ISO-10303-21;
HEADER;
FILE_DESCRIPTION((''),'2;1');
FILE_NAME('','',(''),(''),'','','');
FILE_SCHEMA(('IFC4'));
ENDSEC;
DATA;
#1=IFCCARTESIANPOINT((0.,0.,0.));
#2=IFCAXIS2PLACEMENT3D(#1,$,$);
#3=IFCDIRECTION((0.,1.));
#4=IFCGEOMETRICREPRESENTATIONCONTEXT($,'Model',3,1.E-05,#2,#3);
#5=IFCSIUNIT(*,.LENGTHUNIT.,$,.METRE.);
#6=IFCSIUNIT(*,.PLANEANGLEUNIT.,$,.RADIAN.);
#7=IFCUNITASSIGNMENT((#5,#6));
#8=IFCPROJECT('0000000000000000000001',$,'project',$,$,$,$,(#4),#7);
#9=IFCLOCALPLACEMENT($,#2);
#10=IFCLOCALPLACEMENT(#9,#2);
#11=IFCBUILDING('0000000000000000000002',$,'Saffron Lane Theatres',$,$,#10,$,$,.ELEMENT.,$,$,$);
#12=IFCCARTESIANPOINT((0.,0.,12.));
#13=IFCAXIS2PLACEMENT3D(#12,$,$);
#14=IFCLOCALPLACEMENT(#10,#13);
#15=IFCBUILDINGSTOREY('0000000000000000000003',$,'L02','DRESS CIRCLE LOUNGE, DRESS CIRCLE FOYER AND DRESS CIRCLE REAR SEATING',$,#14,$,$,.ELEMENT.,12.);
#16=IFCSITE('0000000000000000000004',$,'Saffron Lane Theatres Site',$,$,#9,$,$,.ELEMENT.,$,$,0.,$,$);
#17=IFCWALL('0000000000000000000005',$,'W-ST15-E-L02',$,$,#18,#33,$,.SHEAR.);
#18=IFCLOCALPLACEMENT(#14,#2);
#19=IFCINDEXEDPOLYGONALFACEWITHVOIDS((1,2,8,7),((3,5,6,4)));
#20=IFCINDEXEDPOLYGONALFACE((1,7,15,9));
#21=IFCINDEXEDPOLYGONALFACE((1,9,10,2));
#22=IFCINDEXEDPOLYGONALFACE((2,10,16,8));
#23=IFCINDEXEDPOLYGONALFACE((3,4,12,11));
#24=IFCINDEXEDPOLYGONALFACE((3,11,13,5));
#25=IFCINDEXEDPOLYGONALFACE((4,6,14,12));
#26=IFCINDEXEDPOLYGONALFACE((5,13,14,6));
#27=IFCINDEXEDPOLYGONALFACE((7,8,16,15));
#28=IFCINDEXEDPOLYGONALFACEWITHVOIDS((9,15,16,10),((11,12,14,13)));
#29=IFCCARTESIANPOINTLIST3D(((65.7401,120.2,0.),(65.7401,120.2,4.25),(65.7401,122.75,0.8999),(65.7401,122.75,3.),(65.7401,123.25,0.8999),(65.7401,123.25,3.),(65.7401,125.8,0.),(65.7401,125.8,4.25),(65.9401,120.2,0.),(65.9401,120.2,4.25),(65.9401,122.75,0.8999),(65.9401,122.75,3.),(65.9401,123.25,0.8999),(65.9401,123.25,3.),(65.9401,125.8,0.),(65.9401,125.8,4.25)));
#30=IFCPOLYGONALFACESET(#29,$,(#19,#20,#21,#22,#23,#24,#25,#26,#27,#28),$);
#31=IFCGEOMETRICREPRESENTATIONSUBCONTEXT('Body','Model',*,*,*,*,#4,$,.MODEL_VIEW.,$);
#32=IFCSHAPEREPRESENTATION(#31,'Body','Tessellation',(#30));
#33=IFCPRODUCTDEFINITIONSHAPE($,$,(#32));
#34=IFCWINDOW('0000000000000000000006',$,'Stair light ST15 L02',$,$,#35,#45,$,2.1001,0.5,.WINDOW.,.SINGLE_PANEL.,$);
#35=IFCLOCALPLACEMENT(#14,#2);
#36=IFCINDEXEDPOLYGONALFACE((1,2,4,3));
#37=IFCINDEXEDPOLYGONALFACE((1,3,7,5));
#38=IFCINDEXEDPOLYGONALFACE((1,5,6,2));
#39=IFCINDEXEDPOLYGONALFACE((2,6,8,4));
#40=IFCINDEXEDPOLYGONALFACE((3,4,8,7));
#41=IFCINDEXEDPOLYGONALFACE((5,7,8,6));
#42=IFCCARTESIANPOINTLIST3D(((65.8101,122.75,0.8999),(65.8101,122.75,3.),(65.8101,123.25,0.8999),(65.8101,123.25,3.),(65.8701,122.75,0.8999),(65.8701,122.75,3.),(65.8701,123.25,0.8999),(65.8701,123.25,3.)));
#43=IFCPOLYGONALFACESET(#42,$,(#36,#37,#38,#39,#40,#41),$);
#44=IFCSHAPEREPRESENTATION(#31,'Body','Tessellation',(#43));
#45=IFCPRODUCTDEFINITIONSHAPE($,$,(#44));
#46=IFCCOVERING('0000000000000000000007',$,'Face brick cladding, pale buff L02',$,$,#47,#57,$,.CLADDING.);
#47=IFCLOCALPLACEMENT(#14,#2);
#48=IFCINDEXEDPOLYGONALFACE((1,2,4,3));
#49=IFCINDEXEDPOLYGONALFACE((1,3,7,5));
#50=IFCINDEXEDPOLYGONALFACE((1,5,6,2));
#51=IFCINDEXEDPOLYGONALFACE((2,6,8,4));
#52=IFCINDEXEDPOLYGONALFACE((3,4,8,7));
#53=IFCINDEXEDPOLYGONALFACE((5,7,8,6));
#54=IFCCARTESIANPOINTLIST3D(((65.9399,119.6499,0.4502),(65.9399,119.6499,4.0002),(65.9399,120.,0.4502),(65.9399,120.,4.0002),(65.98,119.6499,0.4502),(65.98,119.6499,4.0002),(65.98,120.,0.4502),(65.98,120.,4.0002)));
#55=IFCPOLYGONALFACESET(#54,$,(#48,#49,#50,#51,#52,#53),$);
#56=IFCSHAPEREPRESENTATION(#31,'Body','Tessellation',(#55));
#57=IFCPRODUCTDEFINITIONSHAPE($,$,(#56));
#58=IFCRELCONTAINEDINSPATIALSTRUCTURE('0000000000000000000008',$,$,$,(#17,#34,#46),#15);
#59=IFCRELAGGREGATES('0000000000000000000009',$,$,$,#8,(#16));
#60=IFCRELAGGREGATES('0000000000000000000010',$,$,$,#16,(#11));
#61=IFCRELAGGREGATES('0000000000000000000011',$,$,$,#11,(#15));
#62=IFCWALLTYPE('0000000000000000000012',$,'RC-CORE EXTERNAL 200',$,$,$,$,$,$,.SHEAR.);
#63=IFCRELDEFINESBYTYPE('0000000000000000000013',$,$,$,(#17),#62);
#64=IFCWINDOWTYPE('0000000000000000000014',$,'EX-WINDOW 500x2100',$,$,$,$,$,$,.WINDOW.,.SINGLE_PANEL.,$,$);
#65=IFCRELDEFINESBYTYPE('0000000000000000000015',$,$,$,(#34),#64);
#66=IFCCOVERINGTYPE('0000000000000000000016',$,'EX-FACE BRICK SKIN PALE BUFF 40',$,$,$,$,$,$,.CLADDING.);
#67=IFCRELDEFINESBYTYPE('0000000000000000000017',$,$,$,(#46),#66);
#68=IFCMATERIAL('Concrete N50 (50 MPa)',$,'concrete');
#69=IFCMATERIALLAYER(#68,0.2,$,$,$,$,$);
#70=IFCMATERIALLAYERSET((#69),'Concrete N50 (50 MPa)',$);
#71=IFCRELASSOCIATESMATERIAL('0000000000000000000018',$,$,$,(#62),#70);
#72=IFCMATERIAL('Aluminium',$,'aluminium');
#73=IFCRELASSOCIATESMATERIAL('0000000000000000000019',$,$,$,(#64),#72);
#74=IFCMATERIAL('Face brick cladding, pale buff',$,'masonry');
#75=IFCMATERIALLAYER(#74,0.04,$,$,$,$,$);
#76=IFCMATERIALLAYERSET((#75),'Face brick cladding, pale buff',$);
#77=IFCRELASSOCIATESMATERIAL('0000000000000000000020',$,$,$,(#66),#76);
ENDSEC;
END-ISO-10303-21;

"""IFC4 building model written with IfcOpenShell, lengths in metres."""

from ifc_helpers import new_model, si_unit, direction, frame, frame_2d, origin, origin_2d, place, context, subcontext, project, spatial, rectangle, extrude, material, layer, layer_set, type_object, element, fill, save


model = new_model("IFC4")

# Units and contexts
model_context = context("Model", 3, precision=1e-05, world=origin(), true_north=direction((0.0, 1.0)))
body_context = subcontext(model_context, "Body", "Model", "MODEL_VIEW")
ifc_project = project(units=[si_unit("LENGTHUNIT", "METRE"), si_unit("PLANEANGLEUNIT", "RADIAN")], contexts=[model_context])

# Site, building, storey
site_placement = place(None, origin())
site = spatial("IfcSite", under=ifc_project, at=site_placement, Name="Saffron Lane Theatres Site", CompositionType="ELEMENT", RefElevation=0.0)
building_placement = place(site_placement, origin())
building = spatial("IfcBuilding", under=site, at=building_placement, Name="Saffron Lane Theatres", CompositionType="ELEMENT")
storey_placement = place(building_placement, frame((0.0, 0.0, 12.0)))
storey = spatial("IfcBuildingStorey", under=building, at=storey_placement, Name="L02", Description="DRESS CIRCLE LOUNGE, DRESS CIRCLE FOYER AND DRESS CIRCLE REAR SEATING", CompositionType="ELEMENT", Elevation=12.0)

# Wall, opening, window
ifc_material_1 = material(Name="Concrete N50 (50 MPa)", Category="concrete")
ifc_layer_1 = layer(ifc_material_1, 0.2)
ifc_layer_set_1 = layer_set([ifc_layer_1], Name="Concrete N50 (50 MPa)")
wall_type_1 = type_object("IfcWallType", Name="RC-CORE EXTERNAL 200", PredefinedType="SHEAR", material=ifc_layer_set_1)
wall_1_placement = place(storey_placement, frame((65.8401, 120.2, 0.0), z_axis=(0.0, 0.0, 1.0), x_axis=(0.0, 1.0, 0.0)))
wall_1 = element("IfcWall", 1, at=wall_1_placement, inside=storey, type_object=wall_type_1, Name="W-ST15-E-L02", PredefinedType="SHEAR", context=body_context, shape_type="SweptSolid", body=[
    extrude(rectangle(XDim=5.6001, YDim=0.2, at=frame_2d((2.8, 0.0))), origin(), (0.0, 0.0, 1.0), 4.25),
])
opening_1_placement = place(wall_1_placement, frame((2.55, 0.0, 0.8999)))
opening_1 = element("IfcOpeningElement", 2, at=opening_1_placement, cuts=wall_1, PredefinedType="OPENING", context=body_context, shape_type="SweptSolid", body=[
    extrude(rectangle(XDim=0.5, YDim=2.1001, at=frame_2d((0.25, 1.05))), frame((0.0, 0.1099, 0.0), z_axis=(0.0, -1.0, 0.0), x_axis=(1.0, 0.0, 0.0)), (0.0, 0.0, 1.0), 0.22),
])
ifc_material_2 = material(Name="Aluminium", Category="aluminium")
window_type = type_object("IfcWindowType", Name="EX-WINDOW 500x2100", PartitioningType="SINGLE_PANEL", PredefinedType="WINDOW", material=ifc_material_2)
window_placement = place(opening_1_placement, origin())
window = element("IfcWindow", 3, at=window_placement, inside=storey, type_object=window_type, Name="Stair light ST15 L02", OverallHeight=2.1001, OverallWidth=0.5, PartitioningType="SINGLE_PANEL", PredefinedType="WINDOW", context=body_context, shape_type="SweptSolid", body=[
    extrude(rectangle(XDim=0.5, YDim=2.1001, at=frame_2d((0.25, 1.05))), frame((0.0, 0.03, 0.0), z_axis=(0.0, -1.0, 0.0), x_axis=(1.0, 0.0, 0.0)), (0.0, 0.0, 1.0), 0.0601),
])
fill(opening_1, window)

# Covering
ifc_material_3 = material(Name="Face brick cladding, pale buff", Category="masonry")
ifc_layer_2 = layer(ifc_material_3, 0.04)
ifc_layer_set_2 = layer_set([ifc_layer_2], Name="Face brick cladding, pale buff")
covering_type_1 = type_object("IfcCoveringType", Name="EX-FACE BRICK SKIN PALE BUFF 40", PredefinedType="CLADDING", material=ifc_layer_set_2)
covering_1_placement = place(storey_placement, frame((65.96, 119.825, 0.4502), z_axis=(0.0, 0.0, 1.0), x_axis=(0.0, 1.0, 0.0)))
element("IfcCovering", 4, at=covering_1_placement, inside=storey, type_object=covering_type_1, Name="Face brick cladding, pale buff L02", PredefinedType="CLADDING", context=body_context, shape_type="SweptSolid", body=[
    extrude(rectangle(XDim=0.3501, YDim=0.04, at=origin_2d()), origin(), (0.0, 0.0, 1.0), 3.55),
])

save(model, "model.ifc")
